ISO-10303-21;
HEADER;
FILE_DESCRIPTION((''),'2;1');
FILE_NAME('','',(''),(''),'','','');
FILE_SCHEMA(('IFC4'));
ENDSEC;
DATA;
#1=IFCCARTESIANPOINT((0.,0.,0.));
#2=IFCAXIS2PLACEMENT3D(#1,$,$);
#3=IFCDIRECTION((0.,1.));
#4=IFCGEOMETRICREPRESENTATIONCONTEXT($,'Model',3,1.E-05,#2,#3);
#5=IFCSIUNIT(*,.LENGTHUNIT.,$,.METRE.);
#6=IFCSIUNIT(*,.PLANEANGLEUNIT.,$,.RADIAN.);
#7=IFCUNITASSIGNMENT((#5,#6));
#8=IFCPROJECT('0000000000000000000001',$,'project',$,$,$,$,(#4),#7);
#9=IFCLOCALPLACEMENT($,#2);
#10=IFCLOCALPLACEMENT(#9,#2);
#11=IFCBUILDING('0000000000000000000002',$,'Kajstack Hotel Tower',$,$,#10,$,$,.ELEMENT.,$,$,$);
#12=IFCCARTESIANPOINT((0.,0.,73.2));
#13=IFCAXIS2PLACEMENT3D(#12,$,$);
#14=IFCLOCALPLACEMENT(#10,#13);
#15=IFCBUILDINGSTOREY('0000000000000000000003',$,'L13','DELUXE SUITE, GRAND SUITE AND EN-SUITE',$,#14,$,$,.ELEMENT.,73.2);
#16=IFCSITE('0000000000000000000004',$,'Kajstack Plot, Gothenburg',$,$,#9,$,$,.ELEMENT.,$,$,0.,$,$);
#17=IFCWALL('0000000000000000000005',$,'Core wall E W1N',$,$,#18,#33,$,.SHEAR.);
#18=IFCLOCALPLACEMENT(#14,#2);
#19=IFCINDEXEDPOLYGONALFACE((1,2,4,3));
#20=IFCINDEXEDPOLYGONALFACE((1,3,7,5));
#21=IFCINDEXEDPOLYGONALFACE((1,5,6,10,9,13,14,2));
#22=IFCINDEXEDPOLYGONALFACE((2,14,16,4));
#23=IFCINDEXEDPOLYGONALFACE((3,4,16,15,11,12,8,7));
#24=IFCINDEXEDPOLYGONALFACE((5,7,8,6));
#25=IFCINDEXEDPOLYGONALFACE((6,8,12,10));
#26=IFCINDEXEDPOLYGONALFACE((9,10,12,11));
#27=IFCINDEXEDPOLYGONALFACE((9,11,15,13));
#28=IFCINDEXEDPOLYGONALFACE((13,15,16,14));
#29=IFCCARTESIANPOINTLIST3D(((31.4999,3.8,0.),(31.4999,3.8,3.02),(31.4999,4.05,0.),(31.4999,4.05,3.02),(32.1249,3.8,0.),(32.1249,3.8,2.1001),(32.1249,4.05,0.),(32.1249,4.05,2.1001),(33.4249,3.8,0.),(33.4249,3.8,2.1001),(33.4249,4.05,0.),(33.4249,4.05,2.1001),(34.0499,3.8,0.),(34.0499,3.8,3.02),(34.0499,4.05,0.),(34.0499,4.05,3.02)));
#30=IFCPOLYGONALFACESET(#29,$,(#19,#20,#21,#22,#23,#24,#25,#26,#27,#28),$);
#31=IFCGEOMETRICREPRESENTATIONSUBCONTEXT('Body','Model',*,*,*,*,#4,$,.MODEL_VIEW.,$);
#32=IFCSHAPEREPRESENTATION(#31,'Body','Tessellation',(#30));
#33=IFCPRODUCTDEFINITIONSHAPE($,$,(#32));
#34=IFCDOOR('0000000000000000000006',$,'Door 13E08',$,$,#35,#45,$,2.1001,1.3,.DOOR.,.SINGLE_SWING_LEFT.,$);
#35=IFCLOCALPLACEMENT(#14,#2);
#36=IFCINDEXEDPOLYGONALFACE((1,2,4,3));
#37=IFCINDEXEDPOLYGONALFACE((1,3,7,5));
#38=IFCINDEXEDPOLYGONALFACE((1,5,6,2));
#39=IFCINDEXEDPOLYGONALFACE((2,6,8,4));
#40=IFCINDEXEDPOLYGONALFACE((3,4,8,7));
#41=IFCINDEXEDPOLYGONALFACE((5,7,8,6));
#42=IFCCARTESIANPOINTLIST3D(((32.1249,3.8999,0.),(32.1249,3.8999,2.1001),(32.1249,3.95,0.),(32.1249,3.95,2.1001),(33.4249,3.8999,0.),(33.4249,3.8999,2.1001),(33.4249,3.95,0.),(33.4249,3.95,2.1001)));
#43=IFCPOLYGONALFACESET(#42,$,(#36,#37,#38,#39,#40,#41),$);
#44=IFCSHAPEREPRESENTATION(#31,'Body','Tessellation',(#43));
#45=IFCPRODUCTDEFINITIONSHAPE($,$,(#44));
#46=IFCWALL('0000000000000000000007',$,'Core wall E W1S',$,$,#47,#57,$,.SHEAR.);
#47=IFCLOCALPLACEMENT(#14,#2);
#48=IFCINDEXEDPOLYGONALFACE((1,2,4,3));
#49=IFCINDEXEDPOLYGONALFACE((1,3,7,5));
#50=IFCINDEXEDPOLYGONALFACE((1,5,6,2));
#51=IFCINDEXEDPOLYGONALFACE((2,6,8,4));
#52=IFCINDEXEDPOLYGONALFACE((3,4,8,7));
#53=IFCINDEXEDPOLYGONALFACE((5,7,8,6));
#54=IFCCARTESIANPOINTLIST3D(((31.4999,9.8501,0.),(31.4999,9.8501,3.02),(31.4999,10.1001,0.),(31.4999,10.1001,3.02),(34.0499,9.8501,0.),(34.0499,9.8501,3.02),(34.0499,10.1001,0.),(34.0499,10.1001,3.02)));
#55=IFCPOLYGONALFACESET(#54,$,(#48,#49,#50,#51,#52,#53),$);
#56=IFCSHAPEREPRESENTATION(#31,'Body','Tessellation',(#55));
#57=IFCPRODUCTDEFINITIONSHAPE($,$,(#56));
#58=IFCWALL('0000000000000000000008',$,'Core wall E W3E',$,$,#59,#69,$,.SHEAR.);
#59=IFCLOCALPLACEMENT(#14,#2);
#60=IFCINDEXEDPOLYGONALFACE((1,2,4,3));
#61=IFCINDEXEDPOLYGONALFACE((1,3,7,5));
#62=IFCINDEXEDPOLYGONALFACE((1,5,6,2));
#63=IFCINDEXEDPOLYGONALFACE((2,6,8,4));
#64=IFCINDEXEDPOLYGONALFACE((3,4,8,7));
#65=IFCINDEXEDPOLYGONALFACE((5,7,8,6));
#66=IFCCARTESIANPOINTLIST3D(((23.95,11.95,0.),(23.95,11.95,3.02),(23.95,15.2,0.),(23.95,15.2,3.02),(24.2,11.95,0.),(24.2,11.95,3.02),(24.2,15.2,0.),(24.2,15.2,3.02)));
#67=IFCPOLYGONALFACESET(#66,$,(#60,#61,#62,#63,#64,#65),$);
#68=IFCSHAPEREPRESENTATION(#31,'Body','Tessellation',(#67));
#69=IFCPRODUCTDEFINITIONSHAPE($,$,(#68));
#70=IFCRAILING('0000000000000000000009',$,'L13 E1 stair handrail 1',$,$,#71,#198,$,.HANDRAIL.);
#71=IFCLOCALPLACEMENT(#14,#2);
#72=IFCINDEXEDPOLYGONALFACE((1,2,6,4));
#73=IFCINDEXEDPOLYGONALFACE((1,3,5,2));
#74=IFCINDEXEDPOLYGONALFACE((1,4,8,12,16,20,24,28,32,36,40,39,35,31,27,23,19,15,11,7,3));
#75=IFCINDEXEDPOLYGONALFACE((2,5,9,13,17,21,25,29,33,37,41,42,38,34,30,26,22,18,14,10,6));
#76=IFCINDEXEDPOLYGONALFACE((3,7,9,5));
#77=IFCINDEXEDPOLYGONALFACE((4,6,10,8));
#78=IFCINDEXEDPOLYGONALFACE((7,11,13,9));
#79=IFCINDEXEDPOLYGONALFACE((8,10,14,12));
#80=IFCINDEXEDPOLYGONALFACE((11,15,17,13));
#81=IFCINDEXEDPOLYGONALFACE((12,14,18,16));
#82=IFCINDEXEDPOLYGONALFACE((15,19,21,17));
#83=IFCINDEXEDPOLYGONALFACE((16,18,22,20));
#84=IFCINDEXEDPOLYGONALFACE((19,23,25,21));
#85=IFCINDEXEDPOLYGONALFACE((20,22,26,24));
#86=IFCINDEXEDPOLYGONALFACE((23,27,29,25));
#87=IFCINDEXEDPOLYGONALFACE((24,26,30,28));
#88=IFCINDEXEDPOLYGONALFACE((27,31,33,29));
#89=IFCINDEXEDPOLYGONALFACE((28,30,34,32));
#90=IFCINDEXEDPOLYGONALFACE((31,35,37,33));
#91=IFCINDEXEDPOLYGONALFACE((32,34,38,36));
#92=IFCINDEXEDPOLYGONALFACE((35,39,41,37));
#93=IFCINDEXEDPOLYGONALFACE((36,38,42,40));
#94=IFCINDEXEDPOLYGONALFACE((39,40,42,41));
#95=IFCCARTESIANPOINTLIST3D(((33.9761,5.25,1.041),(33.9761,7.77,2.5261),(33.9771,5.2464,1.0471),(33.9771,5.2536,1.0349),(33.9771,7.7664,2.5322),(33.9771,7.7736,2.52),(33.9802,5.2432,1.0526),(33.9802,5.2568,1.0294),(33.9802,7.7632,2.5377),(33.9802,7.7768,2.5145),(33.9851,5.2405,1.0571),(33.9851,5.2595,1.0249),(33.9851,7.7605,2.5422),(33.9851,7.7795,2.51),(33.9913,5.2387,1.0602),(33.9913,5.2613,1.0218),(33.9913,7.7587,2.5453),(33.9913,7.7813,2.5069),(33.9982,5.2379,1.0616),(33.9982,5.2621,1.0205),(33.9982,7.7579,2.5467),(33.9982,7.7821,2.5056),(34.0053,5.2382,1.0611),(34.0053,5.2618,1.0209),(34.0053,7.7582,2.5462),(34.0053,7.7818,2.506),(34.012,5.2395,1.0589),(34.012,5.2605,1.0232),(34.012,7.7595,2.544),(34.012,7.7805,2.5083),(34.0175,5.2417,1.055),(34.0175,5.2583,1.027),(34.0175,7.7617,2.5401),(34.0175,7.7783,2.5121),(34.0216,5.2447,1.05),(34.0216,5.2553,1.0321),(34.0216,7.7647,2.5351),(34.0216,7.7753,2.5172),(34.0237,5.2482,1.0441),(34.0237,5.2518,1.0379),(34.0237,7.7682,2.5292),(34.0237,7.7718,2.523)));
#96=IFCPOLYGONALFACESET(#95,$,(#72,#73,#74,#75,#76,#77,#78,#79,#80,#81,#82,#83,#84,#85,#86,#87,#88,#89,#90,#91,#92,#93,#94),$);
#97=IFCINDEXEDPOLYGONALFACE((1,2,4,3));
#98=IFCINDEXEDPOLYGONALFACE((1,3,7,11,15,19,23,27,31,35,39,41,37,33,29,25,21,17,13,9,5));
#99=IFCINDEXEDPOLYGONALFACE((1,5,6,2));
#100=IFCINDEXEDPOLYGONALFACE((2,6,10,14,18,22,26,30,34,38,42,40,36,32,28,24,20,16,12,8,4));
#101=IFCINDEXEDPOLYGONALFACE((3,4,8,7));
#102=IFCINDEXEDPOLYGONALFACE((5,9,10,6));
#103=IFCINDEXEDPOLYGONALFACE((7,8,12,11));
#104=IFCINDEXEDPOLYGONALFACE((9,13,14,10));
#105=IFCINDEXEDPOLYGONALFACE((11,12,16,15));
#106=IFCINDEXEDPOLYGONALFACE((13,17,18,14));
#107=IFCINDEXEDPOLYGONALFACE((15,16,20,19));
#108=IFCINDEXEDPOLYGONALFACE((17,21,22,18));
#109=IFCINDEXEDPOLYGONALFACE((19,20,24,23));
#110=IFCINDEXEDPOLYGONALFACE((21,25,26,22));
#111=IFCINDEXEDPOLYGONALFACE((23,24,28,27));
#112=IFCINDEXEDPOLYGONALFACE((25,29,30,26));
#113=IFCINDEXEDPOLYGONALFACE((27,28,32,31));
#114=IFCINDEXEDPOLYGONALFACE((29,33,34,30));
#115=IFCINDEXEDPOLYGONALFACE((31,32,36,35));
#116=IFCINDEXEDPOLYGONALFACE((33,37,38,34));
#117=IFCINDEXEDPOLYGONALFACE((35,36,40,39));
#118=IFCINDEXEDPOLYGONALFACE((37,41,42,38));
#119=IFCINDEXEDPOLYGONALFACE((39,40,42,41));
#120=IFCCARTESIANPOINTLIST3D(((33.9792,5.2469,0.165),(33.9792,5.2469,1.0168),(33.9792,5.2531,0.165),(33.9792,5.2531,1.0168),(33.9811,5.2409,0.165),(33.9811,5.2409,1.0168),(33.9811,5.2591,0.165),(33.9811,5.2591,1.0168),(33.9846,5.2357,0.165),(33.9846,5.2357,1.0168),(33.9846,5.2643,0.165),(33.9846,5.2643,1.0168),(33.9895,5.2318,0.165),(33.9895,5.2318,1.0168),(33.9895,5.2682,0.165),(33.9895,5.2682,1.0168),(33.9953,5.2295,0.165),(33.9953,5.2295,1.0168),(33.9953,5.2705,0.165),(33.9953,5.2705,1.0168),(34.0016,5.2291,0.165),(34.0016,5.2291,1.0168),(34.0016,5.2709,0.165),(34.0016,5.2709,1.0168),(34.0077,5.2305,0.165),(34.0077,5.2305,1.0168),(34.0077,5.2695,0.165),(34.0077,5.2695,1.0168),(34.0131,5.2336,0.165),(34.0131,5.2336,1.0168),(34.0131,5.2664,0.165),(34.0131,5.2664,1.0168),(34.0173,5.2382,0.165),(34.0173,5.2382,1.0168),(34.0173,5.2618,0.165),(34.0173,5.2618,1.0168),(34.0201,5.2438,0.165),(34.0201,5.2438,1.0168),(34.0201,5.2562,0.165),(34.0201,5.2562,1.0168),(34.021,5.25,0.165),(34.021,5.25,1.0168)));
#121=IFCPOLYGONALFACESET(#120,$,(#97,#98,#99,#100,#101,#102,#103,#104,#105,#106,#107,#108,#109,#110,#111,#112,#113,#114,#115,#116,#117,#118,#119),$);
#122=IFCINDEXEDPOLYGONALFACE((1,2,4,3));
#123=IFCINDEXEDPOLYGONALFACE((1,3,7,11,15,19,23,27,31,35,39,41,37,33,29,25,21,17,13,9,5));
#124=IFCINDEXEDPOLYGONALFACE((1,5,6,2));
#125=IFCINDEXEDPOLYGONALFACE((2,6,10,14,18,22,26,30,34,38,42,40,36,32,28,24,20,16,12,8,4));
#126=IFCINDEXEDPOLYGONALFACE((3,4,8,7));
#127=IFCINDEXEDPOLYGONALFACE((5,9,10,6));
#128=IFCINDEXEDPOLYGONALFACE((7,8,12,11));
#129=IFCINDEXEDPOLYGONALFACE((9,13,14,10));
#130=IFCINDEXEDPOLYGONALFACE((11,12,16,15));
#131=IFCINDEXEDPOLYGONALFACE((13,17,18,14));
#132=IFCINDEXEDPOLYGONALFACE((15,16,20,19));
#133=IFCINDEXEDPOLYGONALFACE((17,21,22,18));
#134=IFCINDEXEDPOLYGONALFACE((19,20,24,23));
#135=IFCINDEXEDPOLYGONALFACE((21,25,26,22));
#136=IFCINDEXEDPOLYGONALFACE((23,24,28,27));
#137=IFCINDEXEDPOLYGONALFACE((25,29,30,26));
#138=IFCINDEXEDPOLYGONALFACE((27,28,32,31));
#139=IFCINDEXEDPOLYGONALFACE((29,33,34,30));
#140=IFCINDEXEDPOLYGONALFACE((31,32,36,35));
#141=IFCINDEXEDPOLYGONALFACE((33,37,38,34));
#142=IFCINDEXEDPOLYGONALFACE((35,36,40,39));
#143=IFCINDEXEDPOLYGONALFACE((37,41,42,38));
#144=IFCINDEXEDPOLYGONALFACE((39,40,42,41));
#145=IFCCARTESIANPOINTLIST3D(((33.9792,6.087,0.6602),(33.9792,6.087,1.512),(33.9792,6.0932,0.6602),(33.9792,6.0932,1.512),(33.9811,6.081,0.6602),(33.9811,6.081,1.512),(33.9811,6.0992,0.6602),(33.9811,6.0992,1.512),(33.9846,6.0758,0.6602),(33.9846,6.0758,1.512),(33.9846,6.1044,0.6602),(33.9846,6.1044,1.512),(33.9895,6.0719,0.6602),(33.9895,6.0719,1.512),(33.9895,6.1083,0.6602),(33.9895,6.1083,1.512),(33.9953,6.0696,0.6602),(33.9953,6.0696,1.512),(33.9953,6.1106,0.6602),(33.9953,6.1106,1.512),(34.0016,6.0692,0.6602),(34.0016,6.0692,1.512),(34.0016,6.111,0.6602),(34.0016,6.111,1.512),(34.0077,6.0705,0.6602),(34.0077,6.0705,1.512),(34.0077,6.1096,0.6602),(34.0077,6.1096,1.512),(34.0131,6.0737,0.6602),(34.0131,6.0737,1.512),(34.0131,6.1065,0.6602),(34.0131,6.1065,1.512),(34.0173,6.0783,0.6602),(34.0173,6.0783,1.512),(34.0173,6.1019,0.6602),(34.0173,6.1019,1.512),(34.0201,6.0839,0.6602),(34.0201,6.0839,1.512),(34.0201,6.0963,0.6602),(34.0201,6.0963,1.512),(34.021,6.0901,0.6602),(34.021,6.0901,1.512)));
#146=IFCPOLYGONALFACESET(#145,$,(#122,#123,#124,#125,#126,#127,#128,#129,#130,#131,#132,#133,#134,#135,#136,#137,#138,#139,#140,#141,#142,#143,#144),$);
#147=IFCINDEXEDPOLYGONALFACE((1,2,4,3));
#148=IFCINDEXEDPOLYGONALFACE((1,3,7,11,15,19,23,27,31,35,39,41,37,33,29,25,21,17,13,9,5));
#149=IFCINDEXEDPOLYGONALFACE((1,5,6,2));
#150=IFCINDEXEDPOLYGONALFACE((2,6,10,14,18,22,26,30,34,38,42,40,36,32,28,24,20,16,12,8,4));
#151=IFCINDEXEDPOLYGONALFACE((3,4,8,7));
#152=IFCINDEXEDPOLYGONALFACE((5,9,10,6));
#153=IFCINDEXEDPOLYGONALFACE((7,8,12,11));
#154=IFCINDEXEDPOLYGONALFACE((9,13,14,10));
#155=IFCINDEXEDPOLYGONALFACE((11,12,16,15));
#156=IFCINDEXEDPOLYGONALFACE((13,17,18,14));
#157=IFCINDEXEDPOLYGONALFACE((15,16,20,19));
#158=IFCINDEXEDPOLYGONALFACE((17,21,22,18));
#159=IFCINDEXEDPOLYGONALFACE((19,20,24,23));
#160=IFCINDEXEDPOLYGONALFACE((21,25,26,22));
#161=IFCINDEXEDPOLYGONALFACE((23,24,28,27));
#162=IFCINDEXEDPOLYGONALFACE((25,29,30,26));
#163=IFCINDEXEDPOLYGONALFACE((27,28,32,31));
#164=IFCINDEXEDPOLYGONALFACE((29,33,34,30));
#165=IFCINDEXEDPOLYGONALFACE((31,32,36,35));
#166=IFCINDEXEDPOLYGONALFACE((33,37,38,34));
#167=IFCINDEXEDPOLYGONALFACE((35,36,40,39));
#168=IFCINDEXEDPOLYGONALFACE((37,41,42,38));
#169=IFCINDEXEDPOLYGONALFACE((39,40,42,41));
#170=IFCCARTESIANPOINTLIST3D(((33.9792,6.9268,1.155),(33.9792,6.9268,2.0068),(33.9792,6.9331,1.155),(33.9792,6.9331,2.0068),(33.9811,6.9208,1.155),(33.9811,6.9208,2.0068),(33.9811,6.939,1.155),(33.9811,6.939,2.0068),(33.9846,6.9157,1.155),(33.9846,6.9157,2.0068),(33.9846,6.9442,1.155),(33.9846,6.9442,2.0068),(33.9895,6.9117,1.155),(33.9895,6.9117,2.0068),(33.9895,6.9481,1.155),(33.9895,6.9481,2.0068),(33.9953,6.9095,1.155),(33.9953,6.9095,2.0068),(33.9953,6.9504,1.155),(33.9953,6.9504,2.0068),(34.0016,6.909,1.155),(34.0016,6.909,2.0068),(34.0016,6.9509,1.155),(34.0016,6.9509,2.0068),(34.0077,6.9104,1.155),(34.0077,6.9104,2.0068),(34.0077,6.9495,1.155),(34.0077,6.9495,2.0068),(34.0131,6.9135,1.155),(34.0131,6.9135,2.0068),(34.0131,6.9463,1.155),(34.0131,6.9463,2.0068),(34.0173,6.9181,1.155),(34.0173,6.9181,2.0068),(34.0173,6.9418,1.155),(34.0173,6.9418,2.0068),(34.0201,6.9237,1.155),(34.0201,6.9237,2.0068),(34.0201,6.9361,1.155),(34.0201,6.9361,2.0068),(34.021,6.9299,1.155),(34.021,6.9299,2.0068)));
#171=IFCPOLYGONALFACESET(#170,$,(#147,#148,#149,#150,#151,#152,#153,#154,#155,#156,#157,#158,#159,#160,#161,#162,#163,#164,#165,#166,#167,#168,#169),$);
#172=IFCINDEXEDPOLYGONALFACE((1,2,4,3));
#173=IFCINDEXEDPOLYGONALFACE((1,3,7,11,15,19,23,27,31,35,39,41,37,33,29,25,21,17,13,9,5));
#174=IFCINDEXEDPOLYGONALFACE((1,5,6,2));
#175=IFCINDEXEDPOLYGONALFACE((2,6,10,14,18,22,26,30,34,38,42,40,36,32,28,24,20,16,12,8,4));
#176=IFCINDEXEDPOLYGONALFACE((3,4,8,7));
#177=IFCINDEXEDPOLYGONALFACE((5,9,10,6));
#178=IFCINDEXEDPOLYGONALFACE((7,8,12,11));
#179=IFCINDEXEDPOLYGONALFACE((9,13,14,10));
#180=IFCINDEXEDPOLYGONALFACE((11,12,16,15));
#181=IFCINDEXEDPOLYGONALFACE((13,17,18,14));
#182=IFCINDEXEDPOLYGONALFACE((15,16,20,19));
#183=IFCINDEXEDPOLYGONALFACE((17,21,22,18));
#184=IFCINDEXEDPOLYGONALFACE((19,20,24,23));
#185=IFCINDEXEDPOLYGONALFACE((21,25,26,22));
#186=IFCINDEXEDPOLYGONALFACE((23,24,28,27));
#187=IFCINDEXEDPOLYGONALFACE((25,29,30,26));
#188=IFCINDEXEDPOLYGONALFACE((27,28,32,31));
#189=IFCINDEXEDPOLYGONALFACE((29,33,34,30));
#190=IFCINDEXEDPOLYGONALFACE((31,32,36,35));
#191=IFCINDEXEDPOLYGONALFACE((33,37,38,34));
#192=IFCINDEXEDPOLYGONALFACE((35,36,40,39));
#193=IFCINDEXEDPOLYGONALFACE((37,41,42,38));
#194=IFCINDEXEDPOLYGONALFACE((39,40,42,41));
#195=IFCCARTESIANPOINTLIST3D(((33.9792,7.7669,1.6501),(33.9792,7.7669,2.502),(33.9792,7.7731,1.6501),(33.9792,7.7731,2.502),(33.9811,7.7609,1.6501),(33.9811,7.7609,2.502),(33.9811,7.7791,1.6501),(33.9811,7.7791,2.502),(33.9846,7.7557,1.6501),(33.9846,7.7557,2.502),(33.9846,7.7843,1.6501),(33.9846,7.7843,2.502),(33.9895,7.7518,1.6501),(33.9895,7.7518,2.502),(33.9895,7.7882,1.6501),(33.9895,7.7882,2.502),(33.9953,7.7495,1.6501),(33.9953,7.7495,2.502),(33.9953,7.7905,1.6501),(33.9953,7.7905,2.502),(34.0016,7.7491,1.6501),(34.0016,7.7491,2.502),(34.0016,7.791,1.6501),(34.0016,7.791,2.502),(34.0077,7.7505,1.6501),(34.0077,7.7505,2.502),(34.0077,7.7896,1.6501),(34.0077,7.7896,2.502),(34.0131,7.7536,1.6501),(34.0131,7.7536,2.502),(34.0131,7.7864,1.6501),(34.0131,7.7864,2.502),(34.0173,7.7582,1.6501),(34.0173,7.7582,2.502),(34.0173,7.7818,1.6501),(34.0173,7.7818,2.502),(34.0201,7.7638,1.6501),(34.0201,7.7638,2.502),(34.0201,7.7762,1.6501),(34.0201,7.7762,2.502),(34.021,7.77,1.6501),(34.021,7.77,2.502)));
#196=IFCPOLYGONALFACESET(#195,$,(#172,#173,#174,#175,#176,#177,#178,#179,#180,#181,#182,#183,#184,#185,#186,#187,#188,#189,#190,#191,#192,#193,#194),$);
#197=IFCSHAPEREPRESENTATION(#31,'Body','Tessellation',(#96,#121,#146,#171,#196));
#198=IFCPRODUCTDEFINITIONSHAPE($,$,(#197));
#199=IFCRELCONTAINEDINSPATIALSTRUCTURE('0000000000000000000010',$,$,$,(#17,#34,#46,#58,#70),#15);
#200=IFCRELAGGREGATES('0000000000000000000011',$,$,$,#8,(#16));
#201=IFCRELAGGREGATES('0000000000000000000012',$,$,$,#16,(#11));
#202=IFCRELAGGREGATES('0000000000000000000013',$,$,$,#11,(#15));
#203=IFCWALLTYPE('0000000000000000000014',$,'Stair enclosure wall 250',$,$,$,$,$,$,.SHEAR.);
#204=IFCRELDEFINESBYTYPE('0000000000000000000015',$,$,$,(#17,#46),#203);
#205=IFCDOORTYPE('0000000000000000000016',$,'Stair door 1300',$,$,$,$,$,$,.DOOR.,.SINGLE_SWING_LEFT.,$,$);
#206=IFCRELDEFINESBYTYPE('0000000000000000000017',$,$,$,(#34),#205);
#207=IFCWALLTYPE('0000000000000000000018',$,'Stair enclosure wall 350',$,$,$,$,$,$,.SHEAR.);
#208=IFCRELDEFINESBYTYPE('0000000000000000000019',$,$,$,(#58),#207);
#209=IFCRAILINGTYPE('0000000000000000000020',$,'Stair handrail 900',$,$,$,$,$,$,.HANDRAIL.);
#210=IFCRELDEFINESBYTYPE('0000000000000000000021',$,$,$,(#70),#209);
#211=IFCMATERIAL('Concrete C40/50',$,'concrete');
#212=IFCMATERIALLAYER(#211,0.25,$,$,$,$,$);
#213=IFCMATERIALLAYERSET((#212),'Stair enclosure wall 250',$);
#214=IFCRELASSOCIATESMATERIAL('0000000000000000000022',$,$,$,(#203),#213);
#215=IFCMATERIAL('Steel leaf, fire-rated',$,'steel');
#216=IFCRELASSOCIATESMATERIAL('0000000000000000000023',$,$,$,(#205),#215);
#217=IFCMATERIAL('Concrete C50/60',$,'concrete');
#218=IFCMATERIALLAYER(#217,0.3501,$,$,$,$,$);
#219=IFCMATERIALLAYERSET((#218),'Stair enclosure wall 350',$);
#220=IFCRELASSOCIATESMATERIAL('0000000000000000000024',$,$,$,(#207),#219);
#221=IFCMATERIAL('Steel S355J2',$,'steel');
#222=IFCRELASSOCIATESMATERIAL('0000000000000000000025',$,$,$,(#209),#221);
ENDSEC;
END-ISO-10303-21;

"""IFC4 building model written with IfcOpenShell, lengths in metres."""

from ifc_helpers import new_model, si_unit, direction, frame, frame_2d, origin, origin_2d, place, context, subcontext, project, spatial, rectangle, circle, extrude, material, layer, layer_set, type_object, element, fill, save


model = new_model("IFC4")

# Units and contexts
model_context = context("Model", 3, precision=1e-05, world=origin(), true_north=direction((0.0, 1.0)))
body_context = subcontext(model_context, "Body", "Model", "MODEL_VIEW")
ifc_project = project(units=[si_unit("LENGTHUNIT", "METRE"), si_unit("PLANEANGLEUNIT", "RADIAN")], contexts=[model_context])

# Site, building, storey
site_placement = place(None, origin())
site = spatial("IfcSite", under=ifc_project, at=site_placement, Name="Kajstack Plot, Gothenburg", CompositionType="ELEMENT", RefElevation=0.0)
building_placement = place(site_placement, origin())
building = spatial("IfcBuilding", under=site, at=building_placement, Name="Kajstack Hotel Tower", CompositionType="ELEMENT")
storey_placement = place(building_placement, frame((0.0, 0.0, 73.2)))
storey = spatial("IfcBuildingStorey", under=building, at=storey_placement, Name="L13", Description="DELUXE SUITE, GRAND SUITE AND EN-SUITE", CompositionType="ELEMENT", Elevation=73.2)

# Shared definitions
ifc_material_1 = material(Name="Concrete C40/50", Category="concrete")
ifc_material_2 = material(Name="Concrete C50/60", Category="concrete")

# Wall, opening, door
ifc_layer_1 = layer(ifc_material_1, 0.25)
ifc_layer_set_1 = layer_set([ifc_layer_1], Name="Stair enclosure wall 250")
wall_type_1 = type_object("IfcWallType", Name="Stair enclosure wall 250", PredefinedType="SHEAR", material=ifc_layer_set_1)
wall_1_placement = place(storey_placement, frame((31.5, 3.925, 0.0), z_axis=(0.0, 0.0, 1.0), x_axis=(1.0, 0.0, 0.0)))
wall_1 = element("IfcWall", 1, at=wall_1_placement, inside=storey, type_object=wall_type_1, Name="Core wall E W1N", PredefinedType="SHEAR", context=body_context, shape_type="SweptSolid", body=[
    extrude(rectangle(XDim=2.55, YDim=0.25, at=frame_2d((1.2749, 0.0))), origin(), (0.0, 0.0, 1.0), 3.02),
])
opening_1_placement = place(wall_1_placement, frame((0.625, 0.0, 0.0)))
opening_1 = element("IfcOpeningElement", 2, at=opening_1_placement, cuts=wall_1, PredefinedType="OPENING", context=body_context, shape_type="SweptSolid", body=[
    extrude(rectangle(XDim=1.3, YDim=2.1001, at=frame_2d((0.6499, 1.05))), frame((0.0, 0.135, 0.0), z_axis=(0.0, -1.0, 0.0), x_axis=(1.0, 0.0, 0.0)), (0.0, 0.0, 1.0), 0.27),
])
ifc_material_3 = material(Name="Steel leaf, fire-rated", Category="steel")
door_type_1 = type_object("IfcDoorType", Name="Stair door 1300", OperationType="SINGLE_SWING_LEFT", PredefinedType="DOOR", material=ifc_material_3)
door_1_placement = place(opening_1_placement, origin())
door_1 = element("IfcDoor", 3, at=door_1_placement, inside=storey, type_object=door_type_1, Name="Door 13E08", OperationType="SINGLE_SWING_LEFT", OverallHeight=2.1001, OverallWidth=1.3, PredefinedType="DOOR", context=body_context, shape_type="SweptSolid", body=[
    extrude(rectangle(XDim=1.3, YDim=2.1001, at=frame_2d((0.6499, 1.05))), frame((0.0, 0.0249, 0.0), z_axis=(0.0, -1.0, 0.0), x_axis=(1.0, 0.0, 0.0)), (0.0, 0.0, 1.0), 0.05),
])
fill(opening_1, door_1)

# Walls
wall_2_placement = place(storey_placement, frame((31.5, 9.9751, 0.0), z_axis=(0.0, 0.0, 1.0), x_axis=(1.0, 0.0, 0.0)))
element("IfcWall", 4, at=wall_2_placement, inside=storey, type_object=wall_type_1, Name="Core wall E W1S", PredefinedType="SHEAR", context=body_context, shape_type="SweptSolid", body=[
    extrude(rectangle(XDim=2.55, YDim=0.25, at=frame_2d((1.2749, 0.0))), origin(), (0.0, 0.0, 1.0), 3.02),
])
ifc_layer_2 = layer(ifc_material_2, 0.3501)
ifc_layer_set_2 = layer_set([ifc_layer_2], Name="Stair enclosure wall 350")
wall_type_2 = type_object("IfcWallType", Name="Stair enclosure wall 350", PredefinedType="SHEAR", material=ifc_layer_set_2)
wall_3_placement = place(storey_placement, frame((24.075, 11.95, 0.0), z_axis=(0.0, 0.0, 1.0), x_axis=(0.0, 1.0, 0.0)))
element("IfcWall", 5, at=wall_3_placement, inside=storey, type_object=wall_type_2, Name="Core wall E W3E", PredefinedType="SHEAR", context=body_context, shape_type="SweptSolid", body=[
    extrude(rectangle(XDim=3.25, YDim=0.25, at=frame_2d((1.625, 0.0))), origin(), (0.0, 0.0, 1.0), 3.02),
])

# Railing
ifc_material_4 = material(Name="Steel S355J2", Category="steel")
railing_type_1 = type_object("IfcRailingType", Name="Stair handrail 900", PredefinedType="HANDRAIL", material=ifc_material_4)
railing_1_placement = place(storey_placement, frame((34.0, 5.25, 0.165)))
element("IfcRailing", 6, at=railing_1_placement, inside=storey, type_object=railing_type_1, Name="L13 E1 stair handrail 1", PredefinedType="HANDRAIL", context=body_context, shape_type="SweptSolid", body=[
    extrude(circle(Radius=0.0239, at=origin_2d()), frame((0.0, 0.0, 0.876), z_axis=(0.0, 0.861524, 0.507717), x_axis=(-1.0, 0.0, 0.0)), (0.0, 0.0, 1.0), 2.925),
    extrude(circle(Radius=0.021, at=origin_2d()), origin(), (0.0, 0.0, 1.0), 0.8518),
    extrude(circle(Radius=0.021, at=origin_2d()), frame((0.0, 0.8401, 0.4951)), (0.0, 0.0, 1.0), 0.8518),
    extrude(circle(Radius=0.021, at=origin_2d()), frame((0.0, 1.6799, 0.99)), (0.0, 0.0, 1.0), 0.8518),
    extrude(circle(Radius=0.021, at=origin_2d()), frame((0.0, 2.52, 1.4851)), (0.0, 0.0, 1.0), 0.8518),
])

save(model, "model.ifc")
